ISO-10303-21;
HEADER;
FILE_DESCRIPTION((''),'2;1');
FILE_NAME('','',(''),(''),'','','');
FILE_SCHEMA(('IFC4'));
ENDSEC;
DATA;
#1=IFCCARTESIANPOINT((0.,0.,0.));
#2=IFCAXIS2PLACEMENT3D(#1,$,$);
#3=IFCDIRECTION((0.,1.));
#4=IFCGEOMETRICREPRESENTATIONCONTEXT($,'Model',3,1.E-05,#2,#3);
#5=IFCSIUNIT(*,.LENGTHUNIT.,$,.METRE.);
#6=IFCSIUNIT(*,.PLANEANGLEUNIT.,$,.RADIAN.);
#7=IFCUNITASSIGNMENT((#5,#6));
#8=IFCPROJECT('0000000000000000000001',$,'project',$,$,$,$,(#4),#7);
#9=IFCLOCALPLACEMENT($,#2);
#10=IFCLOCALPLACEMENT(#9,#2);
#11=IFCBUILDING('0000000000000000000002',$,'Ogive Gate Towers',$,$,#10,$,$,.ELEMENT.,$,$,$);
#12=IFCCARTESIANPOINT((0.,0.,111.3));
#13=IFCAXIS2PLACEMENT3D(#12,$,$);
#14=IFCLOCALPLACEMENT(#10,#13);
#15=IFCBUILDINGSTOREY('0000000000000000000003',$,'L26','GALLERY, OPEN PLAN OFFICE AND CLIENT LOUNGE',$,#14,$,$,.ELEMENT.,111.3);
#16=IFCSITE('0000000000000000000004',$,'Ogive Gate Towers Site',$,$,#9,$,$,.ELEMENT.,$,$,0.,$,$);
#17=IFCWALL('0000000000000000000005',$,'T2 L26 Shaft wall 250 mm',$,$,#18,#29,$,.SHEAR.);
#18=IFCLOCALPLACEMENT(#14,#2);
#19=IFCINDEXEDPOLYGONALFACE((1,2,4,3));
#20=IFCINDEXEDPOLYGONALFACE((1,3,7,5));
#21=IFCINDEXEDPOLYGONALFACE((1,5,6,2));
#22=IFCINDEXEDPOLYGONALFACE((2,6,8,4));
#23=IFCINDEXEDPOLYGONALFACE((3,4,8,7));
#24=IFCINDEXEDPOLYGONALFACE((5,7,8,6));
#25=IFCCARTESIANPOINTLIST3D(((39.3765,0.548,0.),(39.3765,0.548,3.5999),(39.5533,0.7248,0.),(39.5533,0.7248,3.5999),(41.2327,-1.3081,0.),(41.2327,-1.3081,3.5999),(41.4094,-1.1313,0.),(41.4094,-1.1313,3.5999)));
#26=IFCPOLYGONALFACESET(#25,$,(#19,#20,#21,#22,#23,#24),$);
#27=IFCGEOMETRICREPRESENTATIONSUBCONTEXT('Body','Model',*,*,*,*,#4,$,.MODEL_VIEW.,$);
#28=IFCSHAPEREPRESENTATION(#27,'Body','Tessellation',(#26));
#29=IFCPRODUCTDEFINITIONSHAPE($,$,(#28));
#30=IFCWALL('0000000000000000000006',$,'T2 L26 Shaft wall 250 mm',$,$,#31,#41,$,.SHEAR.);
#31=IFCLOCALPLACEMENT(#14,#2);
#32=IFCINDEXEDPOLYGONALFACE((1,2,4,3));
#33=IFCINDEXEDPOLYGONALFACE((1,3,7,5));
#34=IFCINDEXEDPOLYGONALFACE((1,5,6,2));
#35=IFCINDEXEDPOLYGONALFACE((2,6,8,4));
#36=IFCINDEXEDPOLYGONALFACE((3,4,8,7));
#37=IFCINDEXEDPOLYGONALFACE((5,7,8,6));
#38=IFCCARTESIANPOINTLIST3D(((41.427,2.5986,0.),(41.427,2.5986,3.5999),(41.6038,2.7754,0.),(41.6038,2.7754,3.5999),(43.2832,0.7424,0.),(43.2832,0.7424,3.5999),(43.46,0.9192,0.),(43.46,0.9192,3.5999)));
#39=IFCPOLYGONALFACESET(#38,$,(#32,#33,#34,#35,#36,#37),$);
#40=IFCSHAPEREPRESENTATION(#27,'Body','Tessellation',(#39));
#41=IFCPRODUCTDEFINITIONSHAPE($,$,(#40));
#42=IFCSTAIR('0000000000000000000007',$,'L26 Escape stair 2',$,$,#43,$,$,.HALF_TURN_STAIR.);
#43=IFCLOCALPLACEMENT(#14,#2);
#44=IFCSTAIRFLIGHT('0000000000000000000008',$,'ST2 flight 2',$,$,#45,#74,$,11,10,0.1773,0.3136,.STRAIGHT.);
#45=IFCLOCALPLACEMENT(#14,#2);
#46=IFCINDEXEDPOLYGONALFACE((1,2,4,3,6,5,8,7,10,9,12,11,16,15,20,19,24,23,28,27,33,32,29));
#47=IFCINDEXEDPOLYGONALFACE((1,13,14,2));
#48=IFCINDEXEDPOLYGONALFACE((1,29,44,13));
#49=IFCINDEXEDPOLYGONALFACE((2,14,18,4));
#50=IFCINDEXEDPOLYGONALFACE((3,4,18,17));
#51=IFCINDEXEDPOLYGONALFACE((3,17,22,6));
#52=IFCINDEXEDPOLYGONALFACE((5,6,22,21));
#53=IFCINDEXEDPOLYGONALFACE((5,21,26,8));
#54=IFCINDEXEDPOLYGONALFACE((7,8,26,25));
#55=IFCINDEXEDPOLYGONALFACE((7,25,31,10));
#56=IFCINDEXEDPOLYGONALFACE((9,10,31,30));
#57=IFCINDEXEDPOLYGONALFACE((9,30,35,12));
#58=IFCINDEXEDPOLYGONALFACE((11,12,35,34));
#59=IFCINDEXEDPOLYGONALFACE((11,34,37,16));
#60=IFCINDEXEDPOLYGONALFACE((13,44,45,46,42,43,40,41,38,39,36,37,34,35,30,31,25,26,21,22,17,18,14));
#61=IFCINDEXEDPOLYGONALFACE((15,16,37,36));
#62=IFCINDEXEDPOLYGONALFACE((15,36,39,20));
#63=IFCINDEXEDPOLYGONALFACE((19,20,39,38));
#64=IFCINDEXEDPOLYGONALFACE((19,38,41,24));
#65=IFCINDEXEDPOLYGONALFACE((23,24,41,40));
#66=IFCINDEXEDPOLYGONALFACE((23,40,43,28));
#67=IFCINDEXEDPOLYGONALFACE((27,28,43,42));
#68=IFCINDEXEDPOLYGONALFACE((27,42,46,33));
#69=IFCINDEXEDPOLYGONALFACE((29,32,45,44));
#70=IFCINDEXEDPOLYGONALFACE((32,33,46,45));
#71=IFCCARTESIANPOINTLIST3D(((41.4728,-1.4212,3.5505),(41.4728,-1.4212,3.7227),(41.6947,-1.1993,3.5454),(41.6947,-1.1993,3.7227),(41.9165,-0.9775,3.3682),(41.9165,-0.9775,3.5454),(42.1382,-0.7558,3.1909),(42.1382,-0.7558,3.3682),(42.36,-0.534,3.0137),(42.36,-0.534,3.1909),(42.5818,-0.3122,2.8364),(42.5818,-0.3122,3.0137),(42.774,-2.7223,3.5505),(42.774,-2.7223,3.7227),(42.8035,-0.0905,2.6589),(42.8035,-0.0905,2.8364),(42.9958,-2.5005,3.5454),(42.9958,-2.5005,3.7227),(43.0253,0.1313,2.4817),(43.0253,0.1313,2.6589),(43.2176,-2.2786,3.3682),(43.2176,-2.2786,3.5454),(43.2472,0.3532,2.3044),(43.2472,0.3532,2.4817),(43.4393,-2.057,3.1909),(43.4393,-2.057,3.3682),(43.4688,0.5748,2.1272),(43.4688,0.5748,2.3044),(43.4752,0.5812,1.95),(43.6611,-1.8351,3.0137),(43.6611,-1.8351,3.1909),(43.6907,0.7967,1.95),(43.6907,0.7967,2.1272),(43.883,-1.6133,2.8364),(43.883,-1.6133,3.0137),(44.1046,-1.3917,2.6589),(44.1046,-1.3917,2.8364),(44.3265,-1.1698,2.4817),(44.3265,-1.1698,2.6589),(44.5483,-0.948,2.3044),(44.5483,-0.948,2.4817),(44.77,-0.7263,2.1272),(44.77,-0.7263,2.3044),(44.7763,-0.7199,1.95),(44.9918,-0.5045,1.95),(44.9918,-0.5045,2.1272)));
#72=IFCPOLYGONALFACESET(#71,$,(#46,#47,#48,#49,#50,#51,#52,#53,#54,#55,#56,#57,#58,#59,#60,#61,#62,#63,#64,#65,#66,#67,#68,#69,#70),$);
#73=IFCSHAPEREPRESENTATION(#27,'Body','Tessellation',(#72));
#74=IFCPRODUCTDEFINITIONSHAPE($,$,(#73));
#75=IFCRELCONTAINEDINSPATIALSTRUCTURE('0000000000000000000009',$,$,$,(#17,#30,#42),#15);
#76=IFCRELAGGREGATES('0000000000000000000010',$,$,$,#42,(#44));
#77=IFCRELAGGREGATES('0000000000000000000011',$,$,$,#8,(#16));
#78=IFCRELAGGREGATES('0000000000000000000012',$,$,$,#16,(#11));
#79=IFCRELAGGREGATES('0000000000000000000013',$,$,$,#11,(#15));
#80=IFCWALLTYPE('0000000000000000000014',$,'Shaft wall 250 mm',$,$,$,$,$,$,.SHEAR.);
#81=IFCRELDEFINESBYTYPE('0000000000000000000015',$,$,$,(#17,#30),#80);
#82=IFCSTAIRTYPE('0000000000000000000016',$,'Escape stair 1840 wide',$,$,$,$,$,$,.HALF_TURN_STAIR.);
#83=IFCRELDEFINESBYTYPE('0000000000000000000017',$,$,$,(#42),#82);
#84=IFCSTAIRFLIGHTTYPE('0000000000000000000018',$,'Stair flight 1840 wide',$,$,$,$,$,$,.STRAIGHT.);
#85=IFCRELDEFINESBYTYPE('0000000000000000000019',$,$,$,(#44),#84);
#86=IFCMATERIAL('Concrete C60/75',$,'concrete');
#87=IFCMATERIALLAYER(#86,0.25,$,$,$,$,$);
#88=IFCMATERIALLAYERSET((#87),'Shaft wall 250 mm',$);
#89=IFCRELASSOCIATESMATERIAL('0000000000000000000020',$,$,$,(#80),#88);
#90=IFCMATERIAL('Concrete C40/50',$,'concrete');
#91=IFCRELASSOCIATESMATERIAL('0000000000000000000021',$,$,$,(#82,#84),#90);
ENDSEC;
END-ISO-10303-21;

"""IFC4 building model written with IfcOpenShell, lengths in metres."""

from ifc_helpers import new_model, si_unit, direction, frame, frame_2d, origin, place, context, subcontext, project, spatial, polyline, rectangle, outline, extrude, material, layer, layer_set, type_object, element, aggregate, save


model = new_model("IFC4")

# Units and contexts
model_context = context("Model", 3, precision=1e-05, world=origin(), true_north=direction((0.0, 1.0)))
body_context = subcontext(model_context, "Body", "Model", "MODEL_VIEW")
ifc_project = project(units=[si_unit("LENGTHUNIT", "METRE"), si_unit("PLANEANGLEUNIT", "RADIAN")], contexts=[model_context])

# Site, building, storey
site_placement = place(None, origin())
site = spatial("IfcSite", under=ifc_project, at=site_placement, Name="Ogive Gate Towers Site", CompositionType="ELEMENT", RefElevation=0.0)
building_placement = place(site_placement, origin())
building = spatial("IfcBuilding", under=site, at=building_placement, Name="Ogive Gate Towers", CompositionType="ELEMENT")
storey_placement = place(building_placement, frame((0.0, 0.0, 111.3)))
storey = spatial("IfcBuildingStorey", under=building, at=storey_placement, Name="L26", Description="GALLERY, OPEN PLAN OFFICE AND CLIENT LOUNGE", CompositionType="ELEMENT", Elevation=111.3)

# Shared definitions
ifc_material_1 = material(Name="Concrete C40/50", Category="concrete")

# Shared definitions
ifc_material_2 = material(Name="Concrete C60/75", Category="concrete")

# Walls
ifc_layer_1 = layer(ifc_material_2, 0.25)
ifc_layer_set_1 = layer_set([ifc_layer_1], Name="Shaft wall 250 mm")
wall_type_1 = type_object("IfcWallType", Name="Shaft wall 250 mm", PredefinedType="SHEAR", material=ifc_layer_set_1)
for number, where, z_axis, x_axis, name in (
    (1, (41.321, -1.2197, 0.0), (0.0, 0.0, 1.0), (-0.707107, 0.707107, 0.0), "T2 L26 Shaft wall 250 mm"),
    (2, (43.3716, 0.8308, 0.0), (0.0, 0.0, 1.0), (-0.707107, 0.707107, 0.0), "T2 L26 Shaft wall 250 mm"),
):
    element("IfcWall", number, at=place(storey_placement, frame(where, z_axis=z_axis, x_axis=x_axis)), inside=storey, type_object=wall_type_1, Name=name, PredefinedType="SHEAR", context=body_context, shape_type="SweptSolid", body=[
        extrude(rectangle(XDim=2.625, YDim=0.25, at=frame_2d((1.3125, 0.0))), origin(), (0.0, 0.0, 1.0), 3.5999),
    ])

# Stair, stair flight
stair_type = type_object("IfcStairType", Name="Escape stair 1840 wide", PredefinedType="HALF_TURN_STAIR", material=ifc_material_1)
stair_placement = place(storey_placement, origin())
stair = element("IfcStair", 3, at=stair_placement, inside=storey, type_object=stair_type, Name="L26 Escape stair 2", PredefinedType="HALF_TURN_STAIR")
stair_flight_type = type_object("IfcStairFlightType", Name="Stair flight 1840 wide", PredefinedType="STRAIGHT", material=ifc_material_1)
stair_flight_placement = place(storey_placement, frame((44.3413, 0.146, 1.95), z_axis=(0.0, 0.0, 1.0), x_axis=(-0.707107, -0.707107, 0.0)))
stair_flight = element("IfcStairFlight", 4, at=stair_flight_placement, type_object=stair_flight_type, Name="ST2 flight 2", NumberOfRisers=11, NumberOfTreads=10, PredefinedType="STRAIGHT", RiserHeight=0.1773, TreadLength=0.3136, context=body_context, shape_type="SweptSolid", body=[
    extrude(outline(polyline([(0.0, 0.0), (0.0, 0.1772), (0.3137, 0.1772), (0.3137, 0.3545), (0.6272, 0.3545), (0.6272, 0.5317), (0.9409, 0.5317), (0.9409, 0.709), (1.2546, 0.709), (1.2546, 0.8865), (1.5681, 0.8865), (1.5681, 1.0637), (1.8818, 1.0637), (1.8818, 1.241), (2.1956, 1.241), (2.1956, 1.4182), (2.509, 1.4182), (2.509, 1.5955), (2.8228, 1.5955), (2.8228, 1.7727), (3.1365, 1.7727), (3.1365, 1.95), (3.1365, 1.6006), (0.3047, 0.0), (0.0, 0.0)])), frame((0.0, 0.9199, 0.0), z_axis=(0.0, -1.0, 0.0), x_axis=(1.0, 0.0, 0.0)), (0.0, 0.0, 1.0), 1.8401),
])
aggregate(stair, [stair_flight])

save(model, "model.ifc")
